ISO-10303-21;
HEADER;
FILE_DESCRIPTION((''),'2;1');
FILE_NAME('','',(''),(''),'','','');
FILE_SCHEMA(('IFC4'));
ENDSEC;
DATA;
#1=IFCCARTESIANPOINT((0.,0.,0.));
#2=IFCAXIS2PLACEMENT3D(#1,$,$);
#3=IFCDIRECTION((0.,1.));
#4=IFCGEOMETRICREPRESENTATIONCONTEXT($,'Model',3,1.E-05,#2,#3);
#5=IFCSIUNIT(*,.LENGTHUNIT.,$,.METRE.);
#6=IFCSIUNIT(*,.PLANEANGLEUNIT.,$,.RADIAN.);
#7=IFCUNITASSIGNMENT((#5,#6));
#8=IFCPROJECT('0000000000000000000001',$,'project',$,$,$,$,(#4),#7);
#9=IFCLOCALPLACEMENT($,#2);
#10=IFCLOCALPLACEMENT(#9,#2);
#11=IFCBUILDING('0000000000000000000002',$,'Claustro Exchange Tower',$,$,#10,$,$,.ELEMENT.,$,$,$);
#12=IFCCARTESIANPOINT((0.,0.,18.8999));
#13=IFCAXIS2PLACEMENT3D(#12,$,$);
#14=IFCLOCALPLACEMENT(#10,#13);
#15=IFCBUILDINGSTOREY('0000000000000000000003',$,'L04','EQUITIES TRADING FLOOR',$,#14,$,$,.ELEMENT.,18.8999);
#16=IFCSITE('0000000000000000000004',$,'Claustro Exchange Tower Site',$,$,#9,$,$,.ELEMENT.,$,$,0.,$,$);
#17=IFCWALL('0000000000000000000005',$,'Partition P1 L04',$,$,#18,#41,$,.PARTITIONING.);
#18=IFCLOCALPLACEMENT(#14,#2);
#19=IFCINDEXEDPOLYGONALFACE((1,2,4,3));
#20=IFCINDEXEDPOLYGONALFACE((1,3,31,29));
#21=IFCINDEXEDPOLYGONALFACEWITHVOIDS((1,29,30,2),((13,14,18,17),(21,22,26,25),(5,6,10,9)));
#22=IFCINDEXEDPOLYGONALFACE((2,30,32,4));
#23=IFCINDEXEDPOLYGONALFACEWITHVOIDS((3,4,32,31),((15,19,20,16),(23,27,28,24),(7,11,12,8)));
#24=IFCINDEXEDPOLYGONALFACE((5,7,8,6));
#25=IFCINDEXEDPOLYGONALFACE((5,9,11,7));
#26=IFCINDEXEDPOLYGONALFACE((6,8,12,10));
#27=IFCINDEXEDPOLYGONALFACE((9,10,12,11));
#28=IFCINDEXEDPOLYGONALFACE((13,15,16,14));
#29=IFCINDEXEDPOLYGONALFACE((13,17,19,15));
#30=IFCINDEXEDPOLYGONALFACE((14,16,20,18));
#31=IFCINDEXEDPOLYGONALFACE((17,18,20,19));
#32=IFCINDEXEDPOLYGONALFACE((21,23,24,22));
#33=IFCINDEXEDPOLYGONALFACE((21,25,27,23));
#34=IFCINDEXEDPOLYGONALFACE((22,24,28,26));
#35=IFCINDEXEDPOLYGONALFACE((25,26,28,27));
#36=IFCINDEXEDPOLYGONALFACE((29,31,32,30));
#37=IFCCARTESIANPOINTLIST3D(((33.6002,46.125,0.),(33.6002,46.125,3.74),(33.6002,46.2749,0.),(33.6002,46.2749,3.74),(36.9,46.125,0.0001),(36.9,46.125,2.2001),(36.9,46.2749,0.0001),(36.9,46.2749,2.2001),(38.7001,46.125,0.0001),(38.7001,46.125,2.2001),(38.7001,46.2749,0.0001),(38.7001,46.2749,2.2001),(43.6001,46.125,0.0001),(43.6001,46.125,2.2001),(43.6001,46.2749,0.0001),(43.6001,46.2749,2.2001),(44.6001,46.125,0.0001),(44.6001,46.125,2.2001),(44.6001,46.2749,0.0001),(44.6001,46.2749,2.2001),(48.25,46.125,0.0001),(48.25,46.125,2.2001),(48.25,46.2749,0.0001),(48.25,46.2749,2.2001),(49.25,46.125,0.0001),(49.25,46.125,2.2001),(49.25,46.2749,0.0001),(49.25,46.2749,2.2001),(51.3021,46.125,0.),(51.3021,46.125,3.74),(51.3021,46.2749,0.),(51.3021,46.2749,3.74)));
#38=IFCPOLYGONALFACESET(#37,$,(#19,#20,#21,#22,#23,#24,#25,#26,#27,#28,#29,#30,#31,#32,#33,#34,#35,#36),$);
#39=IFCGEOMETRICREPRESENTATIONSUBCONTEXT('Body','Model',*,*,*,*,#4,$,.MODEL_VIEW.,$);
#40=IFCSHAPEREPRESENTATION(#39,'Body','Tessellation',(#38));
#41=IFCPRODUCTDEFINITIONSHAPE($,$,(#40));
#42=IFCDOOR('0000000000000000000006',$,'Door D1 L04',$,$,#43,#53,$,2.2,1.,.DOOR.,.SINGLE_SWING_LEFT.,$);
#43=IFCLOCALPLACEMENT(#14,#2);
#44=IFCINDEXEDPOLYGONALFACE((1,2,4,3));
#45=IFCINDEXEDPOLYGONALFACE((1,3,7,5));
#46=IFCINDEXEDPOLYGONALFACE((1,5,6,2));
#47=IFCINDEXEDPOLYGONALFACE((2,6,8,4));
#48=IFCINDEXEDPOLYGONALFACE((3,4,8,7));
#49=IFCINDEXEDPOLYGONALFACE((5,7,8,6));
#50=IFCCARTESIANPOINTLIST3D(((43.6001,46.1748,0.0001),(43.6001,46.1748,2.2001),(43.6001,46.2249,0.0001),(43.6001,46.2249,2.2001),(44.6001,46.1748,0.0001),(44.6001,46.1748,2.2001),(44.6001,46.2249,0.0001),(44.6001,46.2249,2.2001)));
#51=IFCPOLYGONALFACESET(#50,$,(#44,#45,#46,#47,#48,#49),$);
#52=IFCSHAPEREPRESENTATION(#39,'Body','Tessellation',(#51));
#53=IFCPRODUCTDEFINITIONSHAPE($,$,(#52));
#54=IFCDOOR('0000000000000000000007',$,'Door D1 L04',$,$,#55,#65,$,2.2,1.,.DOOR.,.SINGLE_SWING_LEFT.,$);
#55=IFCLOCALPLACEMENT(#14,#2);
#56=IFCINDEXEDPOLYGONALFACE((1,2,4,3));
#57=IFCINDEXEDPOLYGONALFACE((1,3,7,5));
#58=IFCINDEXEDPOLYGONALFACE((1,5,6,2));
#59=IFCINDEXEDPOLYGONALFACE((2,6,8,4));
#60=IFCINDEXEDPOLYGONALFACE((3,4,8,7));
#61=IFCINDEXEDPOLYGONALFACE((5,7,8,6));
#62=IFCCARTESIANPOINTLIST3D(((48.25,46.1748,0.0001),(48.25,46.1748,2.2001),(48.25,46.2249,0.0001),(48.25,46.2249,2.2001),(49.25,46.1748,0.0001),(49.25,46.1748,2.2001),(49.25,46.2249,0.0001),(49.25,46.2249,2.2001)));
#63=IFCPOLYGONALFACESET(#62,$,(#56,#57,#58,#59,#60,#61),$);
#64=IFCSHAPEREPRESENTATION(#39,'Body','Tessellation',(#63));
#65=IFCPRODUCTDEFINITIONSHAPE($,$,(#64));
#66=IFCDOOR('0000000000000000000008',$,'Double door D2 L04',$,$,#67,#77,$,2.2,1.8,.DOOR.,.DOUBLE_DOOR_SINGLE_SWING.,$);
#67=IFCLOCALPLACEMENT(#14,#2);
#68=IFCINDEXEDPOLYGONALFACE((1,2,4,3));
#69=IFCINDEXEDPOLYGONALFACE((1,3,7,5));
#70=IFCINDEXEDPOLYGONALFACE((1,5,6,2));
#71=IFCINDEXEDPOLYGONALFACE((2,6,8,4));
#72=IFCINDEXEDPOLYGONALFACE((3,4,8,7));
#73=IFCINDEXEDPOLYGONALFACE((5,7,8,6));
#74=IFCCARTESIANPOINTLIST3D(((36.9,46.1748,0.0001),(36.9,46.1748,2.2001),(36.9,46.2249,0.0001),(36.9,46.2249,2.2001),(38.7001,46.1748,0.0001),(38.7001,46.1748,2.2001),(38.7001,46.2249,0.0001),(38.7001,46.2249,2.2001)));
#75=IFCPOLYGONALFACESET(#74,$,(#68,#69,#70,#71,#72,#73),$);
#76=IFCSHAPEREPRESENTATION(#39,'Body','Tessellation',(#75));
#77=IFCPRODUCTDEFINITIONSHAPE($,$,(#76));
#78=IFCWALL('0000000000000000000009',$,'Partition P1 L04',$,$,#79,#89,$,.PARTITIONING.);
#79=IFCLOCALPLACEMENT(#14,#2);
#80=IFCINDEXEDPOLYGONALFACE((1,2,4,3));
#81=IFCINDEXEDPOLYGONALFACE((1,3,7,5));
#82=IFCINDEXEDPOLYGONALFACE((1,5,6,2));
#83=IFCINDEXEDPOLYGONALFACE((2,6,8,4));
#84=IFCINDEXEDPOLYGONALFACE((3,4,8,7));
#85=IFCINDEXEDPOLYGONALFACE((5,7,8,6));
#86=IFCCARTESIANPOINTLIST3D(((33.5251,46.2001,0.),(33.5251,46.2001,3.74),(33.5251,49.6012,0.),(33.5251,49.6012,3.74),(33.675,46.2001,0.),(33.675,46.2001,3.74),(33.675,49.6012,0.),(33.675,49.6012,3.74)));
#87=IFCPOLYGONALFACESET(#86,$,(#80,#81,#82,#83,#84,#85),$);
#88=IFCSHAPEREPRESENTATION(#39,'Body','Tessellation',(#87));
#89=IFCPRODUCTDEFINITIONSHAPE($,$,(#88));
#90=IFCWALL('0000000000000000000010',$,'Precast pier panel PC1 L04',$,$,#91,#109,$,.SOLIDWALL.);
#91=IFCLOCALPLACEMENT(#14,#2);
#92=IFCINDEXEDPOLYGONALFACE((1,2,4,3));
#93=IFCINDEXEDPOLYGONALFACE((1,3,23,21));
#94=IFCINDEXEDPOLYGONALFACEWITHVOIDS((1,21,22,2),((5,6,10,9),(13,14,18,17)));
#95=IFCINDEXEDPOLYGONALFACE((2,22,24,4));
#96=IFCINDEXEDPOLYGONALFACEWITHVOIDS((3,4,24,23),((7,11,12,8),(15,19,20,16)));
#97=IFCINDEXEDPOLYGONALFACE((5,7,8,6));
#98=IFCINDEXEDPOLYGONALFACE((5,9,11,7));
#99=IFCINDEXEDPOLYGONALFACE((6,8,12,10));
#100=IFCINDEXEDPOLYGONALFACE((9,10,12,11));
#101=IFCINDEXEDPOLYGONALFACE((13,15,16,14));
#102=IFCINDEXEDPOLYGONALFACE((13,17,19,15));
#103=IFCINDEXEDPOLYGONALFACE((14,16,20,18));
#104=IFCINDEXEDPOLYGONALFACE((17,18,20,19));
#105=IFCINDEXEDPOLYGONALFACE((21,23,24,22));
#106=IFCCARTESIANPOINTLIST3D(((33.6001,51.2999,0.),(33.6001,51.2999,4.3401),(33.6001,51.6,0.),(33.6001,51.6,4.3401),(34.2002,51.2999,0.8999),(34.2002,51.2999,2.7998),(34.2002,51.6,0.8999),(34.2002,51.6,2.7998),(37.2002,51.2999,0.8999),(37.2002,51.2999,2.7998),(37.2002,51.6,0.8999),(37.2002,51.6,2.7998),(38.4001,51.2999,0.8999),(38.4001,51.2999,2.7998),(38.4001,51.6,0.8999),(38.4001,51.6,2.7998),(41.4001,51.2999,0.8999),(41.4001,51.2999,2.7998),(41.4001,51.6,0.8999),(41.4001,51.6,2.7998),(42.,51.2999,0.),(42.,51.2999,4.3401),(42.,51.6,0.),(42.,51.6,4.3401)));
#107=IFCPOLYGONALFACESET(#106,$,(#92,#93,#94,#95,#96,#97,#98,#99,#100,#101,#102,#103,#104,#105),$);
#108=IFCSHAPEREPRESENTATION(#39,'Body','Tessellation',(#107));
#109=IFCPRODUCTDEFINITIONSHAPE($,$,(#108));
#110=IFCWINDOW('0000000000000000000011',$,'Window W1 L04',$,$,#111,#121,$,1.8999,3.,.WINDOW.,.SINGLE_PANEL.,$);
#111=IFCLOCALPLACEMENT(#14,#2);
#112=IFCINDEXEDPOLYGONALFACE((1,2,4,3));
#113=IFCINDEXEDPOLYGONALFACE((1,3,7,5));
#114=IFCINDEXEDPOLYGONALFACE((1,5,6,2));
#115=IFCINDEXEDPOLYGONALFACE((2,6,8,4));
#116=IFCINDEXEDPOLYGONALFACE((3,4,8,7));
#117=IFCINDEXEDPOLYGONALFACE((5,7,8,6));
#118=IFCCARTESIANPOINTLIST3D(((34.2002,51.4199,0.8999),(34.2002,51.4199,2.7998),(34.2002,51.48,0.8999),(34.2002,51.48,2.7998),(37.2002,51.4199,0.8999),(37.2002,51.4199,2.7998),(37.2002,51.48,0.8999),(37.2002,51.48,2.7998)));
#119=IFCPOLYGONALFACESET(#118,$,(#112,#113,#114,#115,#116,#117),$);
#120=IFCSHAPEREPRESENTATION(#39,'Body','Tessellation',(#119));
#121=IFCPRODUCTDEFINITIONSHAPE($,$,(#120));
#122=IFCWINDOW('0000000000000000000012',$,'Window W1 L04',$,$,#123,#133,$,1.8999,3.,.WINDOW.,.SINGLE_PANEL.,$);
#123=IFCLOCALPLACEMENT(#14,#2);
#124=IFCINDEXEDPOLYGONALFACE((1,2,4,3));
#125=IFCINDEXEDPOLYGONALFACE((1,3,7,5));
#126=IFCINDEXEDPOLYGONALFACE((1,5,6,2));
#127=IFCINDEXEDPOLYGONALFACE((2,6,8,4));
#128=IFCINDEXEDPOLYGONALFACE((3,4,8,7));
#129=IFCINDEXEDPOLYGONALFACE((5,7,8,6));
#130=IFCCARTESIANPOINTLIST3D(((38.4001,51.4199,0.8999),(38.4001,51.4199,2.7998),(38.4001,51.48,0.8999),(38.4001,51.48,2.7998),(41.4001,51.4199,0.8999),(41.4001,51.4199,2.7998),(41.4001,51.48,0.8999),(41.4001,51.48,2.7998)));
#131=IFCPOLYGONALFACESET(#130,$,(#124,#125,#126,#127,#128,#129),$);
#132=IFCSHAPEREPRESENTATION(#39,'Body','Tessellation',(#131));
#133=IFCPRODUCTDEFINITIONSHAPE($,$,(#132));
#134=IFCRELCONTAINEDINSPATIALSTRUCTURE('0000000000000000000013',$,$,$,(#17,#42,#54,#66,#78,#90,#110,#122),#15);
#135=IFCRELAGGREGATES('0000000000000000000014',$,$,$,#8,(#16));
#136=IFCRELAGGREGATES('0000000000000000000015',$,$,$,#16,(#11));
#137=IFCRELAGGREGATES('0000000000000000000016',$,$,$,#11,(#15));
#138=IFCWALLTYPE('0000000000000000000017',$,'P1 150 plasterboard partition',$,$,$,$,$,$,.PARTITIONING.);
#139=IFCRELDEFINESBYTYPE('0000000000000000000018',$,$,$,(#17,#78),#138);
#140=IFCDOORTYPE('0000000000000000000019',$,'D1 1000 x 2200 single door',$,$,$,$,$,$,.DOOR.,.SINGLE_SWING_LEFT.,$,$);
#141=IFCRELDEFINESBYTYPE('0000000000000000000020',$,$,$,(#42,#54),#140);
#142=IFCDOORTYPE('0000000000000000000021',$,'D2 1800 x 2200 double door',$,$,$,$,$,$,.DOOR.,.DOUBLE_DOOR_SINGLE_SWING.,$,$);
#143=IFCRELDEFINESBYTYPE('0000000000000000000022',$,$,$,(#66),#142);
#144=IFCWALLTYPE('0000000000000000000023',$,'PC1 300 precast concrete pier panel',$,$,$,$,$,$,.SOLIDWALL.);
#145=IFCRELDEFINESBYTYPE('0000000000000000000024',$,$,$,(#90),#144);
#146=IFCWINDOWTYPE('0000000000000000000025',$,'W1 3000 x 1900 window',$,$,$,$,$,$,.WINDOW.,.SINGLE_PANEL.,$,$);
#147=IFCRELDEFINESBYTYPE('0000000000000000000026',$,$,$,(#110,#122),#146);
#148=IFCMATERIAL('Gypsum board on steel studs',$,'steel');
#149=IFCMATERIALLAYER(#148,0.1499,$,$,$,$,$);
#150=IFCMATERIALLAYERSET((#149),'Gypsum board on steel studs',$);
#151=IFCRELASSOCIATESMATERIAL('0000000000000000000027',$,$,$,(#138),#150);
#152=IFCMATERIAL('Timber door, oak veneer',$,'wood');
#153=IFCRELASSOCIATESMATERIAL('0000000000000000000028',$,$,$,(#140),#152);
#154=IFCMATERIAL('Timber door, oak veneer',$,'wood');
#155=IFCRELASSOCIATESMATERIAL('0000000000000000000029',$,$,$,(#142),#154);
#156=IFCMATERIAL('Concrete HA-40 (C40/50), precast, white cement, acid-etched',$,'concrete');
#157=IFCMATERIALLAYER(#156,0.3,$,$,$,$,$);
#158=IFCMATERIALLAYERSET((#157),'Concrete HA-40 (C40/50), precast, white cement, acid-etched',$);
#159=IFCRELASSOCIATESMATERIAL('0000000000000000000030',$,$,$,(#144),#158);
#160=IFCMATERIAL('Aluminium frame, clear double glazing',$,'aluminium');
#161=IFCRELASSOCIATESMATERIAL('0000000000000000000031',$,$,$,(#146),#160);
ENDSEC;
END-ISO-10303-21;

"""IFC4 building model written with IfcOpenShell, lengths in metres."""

from ifc_helpers import new_model, si_unit, direction, frame, frame_2d, origin, place, context, subcontext, project, spatial, rectangle, extrude, material, layer, layer_set, type_object, element, fill, save


model = new_model("IFC4")

# Units and contexts
model_context = context("Model", 3, precision=1e-05, world=origin(), true_north=direction((0.0, 1.0)))
body_context = subcontext(model_context, "Body", "Model", "MODEL_VIEW")
ifc_project = project(units=[si_unit("LENGTHUNIT", "METRE"), si_unit("PLANEANGLEUNIT", "RADIAN")], contexts=[model_context])

# Site, building, storey
site_placement = place(None, origin())
site = spatial("IfcSite", under=ifc_project, at=site_placement, Name="Claustro Exchange Tower Site", CompositionType="ELEMENT", RefElevation=0.0)
building_placement = place(site_placement, origin())
building = spatial("IfcBuilding", under=site, at=building_placement, Name="Claustro Exchange Tower", CompositionType="ELEMENT")
storey_placement = place(building_placement, frame((0.0, 0.0, 18.8999)))
storey = spatial("IfcBuildingStorey", under=building, at=storey_placement, Name="L04", Description="EQUITIES TRADING FLOOR", CompositionType="ELEMENT", Elevation=18.8999)

# Wall, openings, doors
ifc_material_1 = material(Name="Gypsum board on steel studs", Category="steel")
ifc_layer_1 = layer(ifc_material_1, 0.1499)
ifc_layer_set_1 = layer_set([ifc_layer_1], Name="Gypsum board on steel studs")
wall_type_1 = type_object("IfcWallType", Name="P1 150 plasterboard partition", PredefinedType="PARTITIONING", material=ifc_layer_set_1)
wall_1_placement = place(storey_placement, frame((33.6001, 46.2, 0.0), z_axis=(0.0, 0.0, 1.0), x_axis=(1.0, 0.0, 0.0)))
wall_1 = element("IfcWall", 1, at=wall_1_placement, inside=storey, type_object=wall_type_1, Name="Partition P1 L04", PredefinedType="PARTITIONING", context=body_context, shape_type="SweptSolid", body=[
    extrude(rectangle(XDim=17.7019, YDim=0.1499, at=frame_2d((8.8511, 0.0))), origin(), (0.0, 0.0, 1.0), 3.74),
])
opening_1_placement = place(wall_1_placement, frame((3.3, 0.0, 0.0)))
opening_1 = element("IfcOpeningElement", 2, at=opening_1_placement, cuts=wall_1, PredefinedType="OPENING", context=body_context, shape_type="SweptSolid", body=[
    extrude(rectangle(XDim=1.8, YDim=2.2, at=frame_2d((0.8999, 1.1001))), frame((0.0, 0.085, 0.0), z_axis=(0.0, -1.0, 0.0), x_axis=(1.0, 0.0, 0.0)), (0.0, 0.0, 1.0), 0.1699),
])
opening_2_placement = place(wall_1_placement, frame((10.0, 0.0, 0.0)))
opening_2 = element("IfcOpeningElement", 3, at=opening_2_placement, cuts=wall_1, PredefinedType="OPENING", context=body_context, shape_type="SweptSolid", body=[
    extrude(rectangle(XDim=1.0, YDim=2.2, at=frame_2d((0.5, 1.1001))), frame((0.0, 0.085, 0.0), z_axis=(0.0, -1.0, 0.0), x_axis=(1.0, 0.0, 0.0)), (0.0, 0.0, 1.0), 0.1699),
])
opening_3_placement = place(wall_1_placement, frame((14.6499, 0.0, 0.0)))
opening_3 = element("IfcOpeningElement", 4, at=opening_3_placement, cuts=wall_1, PredefinedType="OPENING", context=body_context, shape_type="SweptSolid", body=[
    extrude(rectangle(XDim=1.0, YDim=2.2, at=frame_2d((0.5, 1.1001))), frame((0.0, 0.085, 0.0), z_axis=(0.0, -1.0, 0.0), x_axis=(1.0, 0.0, 0.0)), (0.0, 0.0, 1.0), 0.1699),
])
ifc_material_2 = material(Name="Timber door, oak veneer", Category="wood")
door_type_1 = type_object("IfcDoorType", Name="D1 1000 x 2200 single door", OperationType="SINGLE_SWING_LEFT", PredefinedType="DOOR", material=ifc_material_2)
door_1_placement = place(opening_2_placement, origin())
door_1 = element("IfcDoor", 5, at=door_1_placement, inside=storey, type_object=door_type_1, Name="Door D1 L04", OperationType="SINGLE_SWING_LEFT", OverallHeight=2.2, OverallWidth=1.0, PredefinedType="DOOR", context=body_context, shape_type="SweptSolid", body=[
    extrude(rectangle(XDim=1.0, YDim=2.2, at=frame_2d((0.5, 1.1001))), frame((0.0, 0.0249, 0.0), z_axis=(0.0, -1.0, 0.0), x_axis=(1.0, 0.0, 0.0)), (0.0, 0.0, 1.0), 0.05),
])
fill(opening_2, door_1)
door_2_placement = place(opening_3_placement, origin())
door_2 = element("IfcDoor", 6, at=door_2_placement, inside=storey, type_object=door_type_1, Name="Door D1 L04", OperationType="SINGLE_SWING_LEFT", OverallHeight=2.2, OverallWidth=1.0, PredefinedType="DOOR", context=body_context, shape_type="SweptSolid", body=[
    extrude(rectangle(XDim=1.0, YDim=2.2, at=frame_2d((0.5, 1.1001))), frame((0.0, 0.0249, 0.0), z_axis=(0.0, -1.0, 0.0), x_axis=(1.0, 0.0, 0.0)), (0.0, 0.0, 1.0), 0.05),
])
fill(opening_3, door_2)
ifc_material_3 = material(Name="Timber door, oak veneer", Category="wood")
door_type_2 = type_object("IfcDoorType", Name="D2 1800 x 2200 double door", OperationType="DOUBLE_DOOR_SINGLE_SWING", PredefinedType="DOOR", material=ifc_material_3)
door_3_placement = place(opening_1_placement, origin())
door_3 = element("IfcDoor", 7, at=door_3_placement, inside=storey, type_object=door_type_2, Name="Double door D2 L04", OperationType="DOUBLE_DOOR_SINGLE_SWING", OverallHeight=2.2, OverallWidth=1.8, PredefinedType="DOOR", context=body_context, shape_type="SweptSolid", body=[
    extrude(rectangle(XDim=1.8, YDim=2.2, at=frame_2d((0.8999, 1.1001))), frame((0.0, 0.0249, 0.0), z_axis=(0.0, -1.0, 0.0), x_axis=(1.0, 0.0, 0.0)), (0.0, 0.0, 1.0), 0.05),
])
fill(opening_1, door_3)

# Wall
wall_2_placement = place(storey_placement, frame((33.6001, 46.2, 0.0), z_axis=(0.0, 0.0, 1.0), x_axis=(0.0, 1.0, 0.0)))
element("IfcWall", 8, at=wall_2_placement, inside=storey, type_object=wall_type_1, Name="Partition P1 L04", PredefinedType="PARTITIONING", context=body_context, shape_type="SweptSolid", body=[
    extrude(rectangle(XDim=3.4011, YDim=0.1499, at=frame_2d((1.7007, 0.0))), origin(), (0.0, 0.0, 1.0), 3.74),
])

# Wall, openings, windows
ifc_material_4 = material(Name="Concrete HA-40 (C40/50), precast, white cement, acid-etched", Category="concrete")
ifc_layer_2 = layer(ifc_material_4, 0.3)
ifc_layer_set_2 = layer_set([ifc_layer_2], Name="Concrete HA-40 (C40/50), precast, white cement, acid-etched")
wall_type_2 = type_object("IfcWallType", Name="PC1 300 precast concrete pier panel", PredefinedType="SOLIDWALL", material=ifc_layer_set_2)
wall_3_placement = place(storey_placement, frame((33.6001, 51.45, 0.0), z_axis=(0.0, 0.0, 1.0), x_axis=(1.0, 0.0, 0.0)))
wall_3 = element("IfcWall", 9, at=wall_3_placement, inside=storey, type_object=wall_type_2, Name="Precast pier panel PC1 L04", PredefinedType="SOLIDWALL", context=body_context, shape_type="SweptSolid", body=[
    extrude(rectangle(XDim=8.3999, YDim=0.3, at=frame_2d((4.2, 0.0))), origin(), (0.0, 0.0, 1.0), 4.3401),
])
opening_4_placement = place(wall_3_placement, frame((0.6001, 0.0, 0.8999)))
opening_4 = element("IfcOpeningElement", 10, at=opening_4_placement, cuts=wall_3, PredefinedType="OPENING", context=body_context, shape_type="SweptSolid", body=[
    extrude(rectangle(XDim=3.0, YDim=1.8999, at=frame_2d((1.5, 0.95))), frame((0.0, 0.1599, 0.0), z_axis=(0.0, -1.0, 0.0), x_axis=(1.0, 0.0, 0.0)), (0.0, 0.0, 1.0), 0.3201),
])
opening_5_placement = place(wall_3_placement, frame((4.8, 0.0, 0.8999)))
opening_5 = element("IfcOpeningElement", 11, at=opening_5_placement, cuts=wall_3, PredefinedType="OPENING", context=body_context, shape_type="SweptSolid", body=[
    extrude(rectangle(XDim=3.0, YDim=1.8999, at=frame_2d((1.5, 0.95))), frame((0.0, 0.1599, 0.0), z_axis=(0.0, -1.0, 0.0), x_axis=(1.0, 0.0, 0.0)), (0.0, 0.0, 1.0), 0.3201),
])
ifc_material_5 = material(Name="Aluminium frame, clear double glazing", Category="aluminium")
window_type = type_object("IfcWindowType", Name="W1 3000 x 1900 window", PartitioningType="SINGLE_PANEL", PredefinedType="WINDOW", material=ifc_material_5)
window_1_placement = place(opening_4_placement, origin())
window_1 = element("IfcWindow", 12, at=window_1_placement, inside=storey, type_object=window_type, Name="Window W1 L04", OverallHeight=1.8999, OverallWidth=3.0, PartitioningType="SINGLE_PANEL", PredefinedType="WINDOW", context=body_context, shape_type="SweptSolid", body=[
    extrude(rectangle(XDim=3.0, YDim=1.8999, at=frame_2d((1.5, 0.95))), frame((0.0, 0.03, 0.0), z_axis=(0.0, -1.0, 0.0), x_axis=(1.0, 0.0, 0.0)), (0.0, 0.0, 1.0), 0.0601),
])
fill(opening_4, window_1)
window_2_placement = place(opening_5_placement, origin())
window_2 = element("IfcWindow", 13, at=window_2_placement, inside=storey, type_object=window_type, Name="Window W1 L04", OverallHeight=1.8999, OverallWidth=3.0, PartitioningType="SINGLE_PANEL", PredefinedType="WINDOW", context=body_context, shape_type="SweptSolid", body=[
    extrude(rectangle(XDim=3.0, YDim=1.8999, at=frame_2d((1.5, 0.95))), frame((0.0, 0.03, 0.0), z_axis=(0.0, -1.0, 0.0), x_axis=(1.0, 0.0, 0.0)), (0.0, 0.0, 1.0), 0.0601),
])
fill(opening_5, window_2)

save(model, "model.ifc")
